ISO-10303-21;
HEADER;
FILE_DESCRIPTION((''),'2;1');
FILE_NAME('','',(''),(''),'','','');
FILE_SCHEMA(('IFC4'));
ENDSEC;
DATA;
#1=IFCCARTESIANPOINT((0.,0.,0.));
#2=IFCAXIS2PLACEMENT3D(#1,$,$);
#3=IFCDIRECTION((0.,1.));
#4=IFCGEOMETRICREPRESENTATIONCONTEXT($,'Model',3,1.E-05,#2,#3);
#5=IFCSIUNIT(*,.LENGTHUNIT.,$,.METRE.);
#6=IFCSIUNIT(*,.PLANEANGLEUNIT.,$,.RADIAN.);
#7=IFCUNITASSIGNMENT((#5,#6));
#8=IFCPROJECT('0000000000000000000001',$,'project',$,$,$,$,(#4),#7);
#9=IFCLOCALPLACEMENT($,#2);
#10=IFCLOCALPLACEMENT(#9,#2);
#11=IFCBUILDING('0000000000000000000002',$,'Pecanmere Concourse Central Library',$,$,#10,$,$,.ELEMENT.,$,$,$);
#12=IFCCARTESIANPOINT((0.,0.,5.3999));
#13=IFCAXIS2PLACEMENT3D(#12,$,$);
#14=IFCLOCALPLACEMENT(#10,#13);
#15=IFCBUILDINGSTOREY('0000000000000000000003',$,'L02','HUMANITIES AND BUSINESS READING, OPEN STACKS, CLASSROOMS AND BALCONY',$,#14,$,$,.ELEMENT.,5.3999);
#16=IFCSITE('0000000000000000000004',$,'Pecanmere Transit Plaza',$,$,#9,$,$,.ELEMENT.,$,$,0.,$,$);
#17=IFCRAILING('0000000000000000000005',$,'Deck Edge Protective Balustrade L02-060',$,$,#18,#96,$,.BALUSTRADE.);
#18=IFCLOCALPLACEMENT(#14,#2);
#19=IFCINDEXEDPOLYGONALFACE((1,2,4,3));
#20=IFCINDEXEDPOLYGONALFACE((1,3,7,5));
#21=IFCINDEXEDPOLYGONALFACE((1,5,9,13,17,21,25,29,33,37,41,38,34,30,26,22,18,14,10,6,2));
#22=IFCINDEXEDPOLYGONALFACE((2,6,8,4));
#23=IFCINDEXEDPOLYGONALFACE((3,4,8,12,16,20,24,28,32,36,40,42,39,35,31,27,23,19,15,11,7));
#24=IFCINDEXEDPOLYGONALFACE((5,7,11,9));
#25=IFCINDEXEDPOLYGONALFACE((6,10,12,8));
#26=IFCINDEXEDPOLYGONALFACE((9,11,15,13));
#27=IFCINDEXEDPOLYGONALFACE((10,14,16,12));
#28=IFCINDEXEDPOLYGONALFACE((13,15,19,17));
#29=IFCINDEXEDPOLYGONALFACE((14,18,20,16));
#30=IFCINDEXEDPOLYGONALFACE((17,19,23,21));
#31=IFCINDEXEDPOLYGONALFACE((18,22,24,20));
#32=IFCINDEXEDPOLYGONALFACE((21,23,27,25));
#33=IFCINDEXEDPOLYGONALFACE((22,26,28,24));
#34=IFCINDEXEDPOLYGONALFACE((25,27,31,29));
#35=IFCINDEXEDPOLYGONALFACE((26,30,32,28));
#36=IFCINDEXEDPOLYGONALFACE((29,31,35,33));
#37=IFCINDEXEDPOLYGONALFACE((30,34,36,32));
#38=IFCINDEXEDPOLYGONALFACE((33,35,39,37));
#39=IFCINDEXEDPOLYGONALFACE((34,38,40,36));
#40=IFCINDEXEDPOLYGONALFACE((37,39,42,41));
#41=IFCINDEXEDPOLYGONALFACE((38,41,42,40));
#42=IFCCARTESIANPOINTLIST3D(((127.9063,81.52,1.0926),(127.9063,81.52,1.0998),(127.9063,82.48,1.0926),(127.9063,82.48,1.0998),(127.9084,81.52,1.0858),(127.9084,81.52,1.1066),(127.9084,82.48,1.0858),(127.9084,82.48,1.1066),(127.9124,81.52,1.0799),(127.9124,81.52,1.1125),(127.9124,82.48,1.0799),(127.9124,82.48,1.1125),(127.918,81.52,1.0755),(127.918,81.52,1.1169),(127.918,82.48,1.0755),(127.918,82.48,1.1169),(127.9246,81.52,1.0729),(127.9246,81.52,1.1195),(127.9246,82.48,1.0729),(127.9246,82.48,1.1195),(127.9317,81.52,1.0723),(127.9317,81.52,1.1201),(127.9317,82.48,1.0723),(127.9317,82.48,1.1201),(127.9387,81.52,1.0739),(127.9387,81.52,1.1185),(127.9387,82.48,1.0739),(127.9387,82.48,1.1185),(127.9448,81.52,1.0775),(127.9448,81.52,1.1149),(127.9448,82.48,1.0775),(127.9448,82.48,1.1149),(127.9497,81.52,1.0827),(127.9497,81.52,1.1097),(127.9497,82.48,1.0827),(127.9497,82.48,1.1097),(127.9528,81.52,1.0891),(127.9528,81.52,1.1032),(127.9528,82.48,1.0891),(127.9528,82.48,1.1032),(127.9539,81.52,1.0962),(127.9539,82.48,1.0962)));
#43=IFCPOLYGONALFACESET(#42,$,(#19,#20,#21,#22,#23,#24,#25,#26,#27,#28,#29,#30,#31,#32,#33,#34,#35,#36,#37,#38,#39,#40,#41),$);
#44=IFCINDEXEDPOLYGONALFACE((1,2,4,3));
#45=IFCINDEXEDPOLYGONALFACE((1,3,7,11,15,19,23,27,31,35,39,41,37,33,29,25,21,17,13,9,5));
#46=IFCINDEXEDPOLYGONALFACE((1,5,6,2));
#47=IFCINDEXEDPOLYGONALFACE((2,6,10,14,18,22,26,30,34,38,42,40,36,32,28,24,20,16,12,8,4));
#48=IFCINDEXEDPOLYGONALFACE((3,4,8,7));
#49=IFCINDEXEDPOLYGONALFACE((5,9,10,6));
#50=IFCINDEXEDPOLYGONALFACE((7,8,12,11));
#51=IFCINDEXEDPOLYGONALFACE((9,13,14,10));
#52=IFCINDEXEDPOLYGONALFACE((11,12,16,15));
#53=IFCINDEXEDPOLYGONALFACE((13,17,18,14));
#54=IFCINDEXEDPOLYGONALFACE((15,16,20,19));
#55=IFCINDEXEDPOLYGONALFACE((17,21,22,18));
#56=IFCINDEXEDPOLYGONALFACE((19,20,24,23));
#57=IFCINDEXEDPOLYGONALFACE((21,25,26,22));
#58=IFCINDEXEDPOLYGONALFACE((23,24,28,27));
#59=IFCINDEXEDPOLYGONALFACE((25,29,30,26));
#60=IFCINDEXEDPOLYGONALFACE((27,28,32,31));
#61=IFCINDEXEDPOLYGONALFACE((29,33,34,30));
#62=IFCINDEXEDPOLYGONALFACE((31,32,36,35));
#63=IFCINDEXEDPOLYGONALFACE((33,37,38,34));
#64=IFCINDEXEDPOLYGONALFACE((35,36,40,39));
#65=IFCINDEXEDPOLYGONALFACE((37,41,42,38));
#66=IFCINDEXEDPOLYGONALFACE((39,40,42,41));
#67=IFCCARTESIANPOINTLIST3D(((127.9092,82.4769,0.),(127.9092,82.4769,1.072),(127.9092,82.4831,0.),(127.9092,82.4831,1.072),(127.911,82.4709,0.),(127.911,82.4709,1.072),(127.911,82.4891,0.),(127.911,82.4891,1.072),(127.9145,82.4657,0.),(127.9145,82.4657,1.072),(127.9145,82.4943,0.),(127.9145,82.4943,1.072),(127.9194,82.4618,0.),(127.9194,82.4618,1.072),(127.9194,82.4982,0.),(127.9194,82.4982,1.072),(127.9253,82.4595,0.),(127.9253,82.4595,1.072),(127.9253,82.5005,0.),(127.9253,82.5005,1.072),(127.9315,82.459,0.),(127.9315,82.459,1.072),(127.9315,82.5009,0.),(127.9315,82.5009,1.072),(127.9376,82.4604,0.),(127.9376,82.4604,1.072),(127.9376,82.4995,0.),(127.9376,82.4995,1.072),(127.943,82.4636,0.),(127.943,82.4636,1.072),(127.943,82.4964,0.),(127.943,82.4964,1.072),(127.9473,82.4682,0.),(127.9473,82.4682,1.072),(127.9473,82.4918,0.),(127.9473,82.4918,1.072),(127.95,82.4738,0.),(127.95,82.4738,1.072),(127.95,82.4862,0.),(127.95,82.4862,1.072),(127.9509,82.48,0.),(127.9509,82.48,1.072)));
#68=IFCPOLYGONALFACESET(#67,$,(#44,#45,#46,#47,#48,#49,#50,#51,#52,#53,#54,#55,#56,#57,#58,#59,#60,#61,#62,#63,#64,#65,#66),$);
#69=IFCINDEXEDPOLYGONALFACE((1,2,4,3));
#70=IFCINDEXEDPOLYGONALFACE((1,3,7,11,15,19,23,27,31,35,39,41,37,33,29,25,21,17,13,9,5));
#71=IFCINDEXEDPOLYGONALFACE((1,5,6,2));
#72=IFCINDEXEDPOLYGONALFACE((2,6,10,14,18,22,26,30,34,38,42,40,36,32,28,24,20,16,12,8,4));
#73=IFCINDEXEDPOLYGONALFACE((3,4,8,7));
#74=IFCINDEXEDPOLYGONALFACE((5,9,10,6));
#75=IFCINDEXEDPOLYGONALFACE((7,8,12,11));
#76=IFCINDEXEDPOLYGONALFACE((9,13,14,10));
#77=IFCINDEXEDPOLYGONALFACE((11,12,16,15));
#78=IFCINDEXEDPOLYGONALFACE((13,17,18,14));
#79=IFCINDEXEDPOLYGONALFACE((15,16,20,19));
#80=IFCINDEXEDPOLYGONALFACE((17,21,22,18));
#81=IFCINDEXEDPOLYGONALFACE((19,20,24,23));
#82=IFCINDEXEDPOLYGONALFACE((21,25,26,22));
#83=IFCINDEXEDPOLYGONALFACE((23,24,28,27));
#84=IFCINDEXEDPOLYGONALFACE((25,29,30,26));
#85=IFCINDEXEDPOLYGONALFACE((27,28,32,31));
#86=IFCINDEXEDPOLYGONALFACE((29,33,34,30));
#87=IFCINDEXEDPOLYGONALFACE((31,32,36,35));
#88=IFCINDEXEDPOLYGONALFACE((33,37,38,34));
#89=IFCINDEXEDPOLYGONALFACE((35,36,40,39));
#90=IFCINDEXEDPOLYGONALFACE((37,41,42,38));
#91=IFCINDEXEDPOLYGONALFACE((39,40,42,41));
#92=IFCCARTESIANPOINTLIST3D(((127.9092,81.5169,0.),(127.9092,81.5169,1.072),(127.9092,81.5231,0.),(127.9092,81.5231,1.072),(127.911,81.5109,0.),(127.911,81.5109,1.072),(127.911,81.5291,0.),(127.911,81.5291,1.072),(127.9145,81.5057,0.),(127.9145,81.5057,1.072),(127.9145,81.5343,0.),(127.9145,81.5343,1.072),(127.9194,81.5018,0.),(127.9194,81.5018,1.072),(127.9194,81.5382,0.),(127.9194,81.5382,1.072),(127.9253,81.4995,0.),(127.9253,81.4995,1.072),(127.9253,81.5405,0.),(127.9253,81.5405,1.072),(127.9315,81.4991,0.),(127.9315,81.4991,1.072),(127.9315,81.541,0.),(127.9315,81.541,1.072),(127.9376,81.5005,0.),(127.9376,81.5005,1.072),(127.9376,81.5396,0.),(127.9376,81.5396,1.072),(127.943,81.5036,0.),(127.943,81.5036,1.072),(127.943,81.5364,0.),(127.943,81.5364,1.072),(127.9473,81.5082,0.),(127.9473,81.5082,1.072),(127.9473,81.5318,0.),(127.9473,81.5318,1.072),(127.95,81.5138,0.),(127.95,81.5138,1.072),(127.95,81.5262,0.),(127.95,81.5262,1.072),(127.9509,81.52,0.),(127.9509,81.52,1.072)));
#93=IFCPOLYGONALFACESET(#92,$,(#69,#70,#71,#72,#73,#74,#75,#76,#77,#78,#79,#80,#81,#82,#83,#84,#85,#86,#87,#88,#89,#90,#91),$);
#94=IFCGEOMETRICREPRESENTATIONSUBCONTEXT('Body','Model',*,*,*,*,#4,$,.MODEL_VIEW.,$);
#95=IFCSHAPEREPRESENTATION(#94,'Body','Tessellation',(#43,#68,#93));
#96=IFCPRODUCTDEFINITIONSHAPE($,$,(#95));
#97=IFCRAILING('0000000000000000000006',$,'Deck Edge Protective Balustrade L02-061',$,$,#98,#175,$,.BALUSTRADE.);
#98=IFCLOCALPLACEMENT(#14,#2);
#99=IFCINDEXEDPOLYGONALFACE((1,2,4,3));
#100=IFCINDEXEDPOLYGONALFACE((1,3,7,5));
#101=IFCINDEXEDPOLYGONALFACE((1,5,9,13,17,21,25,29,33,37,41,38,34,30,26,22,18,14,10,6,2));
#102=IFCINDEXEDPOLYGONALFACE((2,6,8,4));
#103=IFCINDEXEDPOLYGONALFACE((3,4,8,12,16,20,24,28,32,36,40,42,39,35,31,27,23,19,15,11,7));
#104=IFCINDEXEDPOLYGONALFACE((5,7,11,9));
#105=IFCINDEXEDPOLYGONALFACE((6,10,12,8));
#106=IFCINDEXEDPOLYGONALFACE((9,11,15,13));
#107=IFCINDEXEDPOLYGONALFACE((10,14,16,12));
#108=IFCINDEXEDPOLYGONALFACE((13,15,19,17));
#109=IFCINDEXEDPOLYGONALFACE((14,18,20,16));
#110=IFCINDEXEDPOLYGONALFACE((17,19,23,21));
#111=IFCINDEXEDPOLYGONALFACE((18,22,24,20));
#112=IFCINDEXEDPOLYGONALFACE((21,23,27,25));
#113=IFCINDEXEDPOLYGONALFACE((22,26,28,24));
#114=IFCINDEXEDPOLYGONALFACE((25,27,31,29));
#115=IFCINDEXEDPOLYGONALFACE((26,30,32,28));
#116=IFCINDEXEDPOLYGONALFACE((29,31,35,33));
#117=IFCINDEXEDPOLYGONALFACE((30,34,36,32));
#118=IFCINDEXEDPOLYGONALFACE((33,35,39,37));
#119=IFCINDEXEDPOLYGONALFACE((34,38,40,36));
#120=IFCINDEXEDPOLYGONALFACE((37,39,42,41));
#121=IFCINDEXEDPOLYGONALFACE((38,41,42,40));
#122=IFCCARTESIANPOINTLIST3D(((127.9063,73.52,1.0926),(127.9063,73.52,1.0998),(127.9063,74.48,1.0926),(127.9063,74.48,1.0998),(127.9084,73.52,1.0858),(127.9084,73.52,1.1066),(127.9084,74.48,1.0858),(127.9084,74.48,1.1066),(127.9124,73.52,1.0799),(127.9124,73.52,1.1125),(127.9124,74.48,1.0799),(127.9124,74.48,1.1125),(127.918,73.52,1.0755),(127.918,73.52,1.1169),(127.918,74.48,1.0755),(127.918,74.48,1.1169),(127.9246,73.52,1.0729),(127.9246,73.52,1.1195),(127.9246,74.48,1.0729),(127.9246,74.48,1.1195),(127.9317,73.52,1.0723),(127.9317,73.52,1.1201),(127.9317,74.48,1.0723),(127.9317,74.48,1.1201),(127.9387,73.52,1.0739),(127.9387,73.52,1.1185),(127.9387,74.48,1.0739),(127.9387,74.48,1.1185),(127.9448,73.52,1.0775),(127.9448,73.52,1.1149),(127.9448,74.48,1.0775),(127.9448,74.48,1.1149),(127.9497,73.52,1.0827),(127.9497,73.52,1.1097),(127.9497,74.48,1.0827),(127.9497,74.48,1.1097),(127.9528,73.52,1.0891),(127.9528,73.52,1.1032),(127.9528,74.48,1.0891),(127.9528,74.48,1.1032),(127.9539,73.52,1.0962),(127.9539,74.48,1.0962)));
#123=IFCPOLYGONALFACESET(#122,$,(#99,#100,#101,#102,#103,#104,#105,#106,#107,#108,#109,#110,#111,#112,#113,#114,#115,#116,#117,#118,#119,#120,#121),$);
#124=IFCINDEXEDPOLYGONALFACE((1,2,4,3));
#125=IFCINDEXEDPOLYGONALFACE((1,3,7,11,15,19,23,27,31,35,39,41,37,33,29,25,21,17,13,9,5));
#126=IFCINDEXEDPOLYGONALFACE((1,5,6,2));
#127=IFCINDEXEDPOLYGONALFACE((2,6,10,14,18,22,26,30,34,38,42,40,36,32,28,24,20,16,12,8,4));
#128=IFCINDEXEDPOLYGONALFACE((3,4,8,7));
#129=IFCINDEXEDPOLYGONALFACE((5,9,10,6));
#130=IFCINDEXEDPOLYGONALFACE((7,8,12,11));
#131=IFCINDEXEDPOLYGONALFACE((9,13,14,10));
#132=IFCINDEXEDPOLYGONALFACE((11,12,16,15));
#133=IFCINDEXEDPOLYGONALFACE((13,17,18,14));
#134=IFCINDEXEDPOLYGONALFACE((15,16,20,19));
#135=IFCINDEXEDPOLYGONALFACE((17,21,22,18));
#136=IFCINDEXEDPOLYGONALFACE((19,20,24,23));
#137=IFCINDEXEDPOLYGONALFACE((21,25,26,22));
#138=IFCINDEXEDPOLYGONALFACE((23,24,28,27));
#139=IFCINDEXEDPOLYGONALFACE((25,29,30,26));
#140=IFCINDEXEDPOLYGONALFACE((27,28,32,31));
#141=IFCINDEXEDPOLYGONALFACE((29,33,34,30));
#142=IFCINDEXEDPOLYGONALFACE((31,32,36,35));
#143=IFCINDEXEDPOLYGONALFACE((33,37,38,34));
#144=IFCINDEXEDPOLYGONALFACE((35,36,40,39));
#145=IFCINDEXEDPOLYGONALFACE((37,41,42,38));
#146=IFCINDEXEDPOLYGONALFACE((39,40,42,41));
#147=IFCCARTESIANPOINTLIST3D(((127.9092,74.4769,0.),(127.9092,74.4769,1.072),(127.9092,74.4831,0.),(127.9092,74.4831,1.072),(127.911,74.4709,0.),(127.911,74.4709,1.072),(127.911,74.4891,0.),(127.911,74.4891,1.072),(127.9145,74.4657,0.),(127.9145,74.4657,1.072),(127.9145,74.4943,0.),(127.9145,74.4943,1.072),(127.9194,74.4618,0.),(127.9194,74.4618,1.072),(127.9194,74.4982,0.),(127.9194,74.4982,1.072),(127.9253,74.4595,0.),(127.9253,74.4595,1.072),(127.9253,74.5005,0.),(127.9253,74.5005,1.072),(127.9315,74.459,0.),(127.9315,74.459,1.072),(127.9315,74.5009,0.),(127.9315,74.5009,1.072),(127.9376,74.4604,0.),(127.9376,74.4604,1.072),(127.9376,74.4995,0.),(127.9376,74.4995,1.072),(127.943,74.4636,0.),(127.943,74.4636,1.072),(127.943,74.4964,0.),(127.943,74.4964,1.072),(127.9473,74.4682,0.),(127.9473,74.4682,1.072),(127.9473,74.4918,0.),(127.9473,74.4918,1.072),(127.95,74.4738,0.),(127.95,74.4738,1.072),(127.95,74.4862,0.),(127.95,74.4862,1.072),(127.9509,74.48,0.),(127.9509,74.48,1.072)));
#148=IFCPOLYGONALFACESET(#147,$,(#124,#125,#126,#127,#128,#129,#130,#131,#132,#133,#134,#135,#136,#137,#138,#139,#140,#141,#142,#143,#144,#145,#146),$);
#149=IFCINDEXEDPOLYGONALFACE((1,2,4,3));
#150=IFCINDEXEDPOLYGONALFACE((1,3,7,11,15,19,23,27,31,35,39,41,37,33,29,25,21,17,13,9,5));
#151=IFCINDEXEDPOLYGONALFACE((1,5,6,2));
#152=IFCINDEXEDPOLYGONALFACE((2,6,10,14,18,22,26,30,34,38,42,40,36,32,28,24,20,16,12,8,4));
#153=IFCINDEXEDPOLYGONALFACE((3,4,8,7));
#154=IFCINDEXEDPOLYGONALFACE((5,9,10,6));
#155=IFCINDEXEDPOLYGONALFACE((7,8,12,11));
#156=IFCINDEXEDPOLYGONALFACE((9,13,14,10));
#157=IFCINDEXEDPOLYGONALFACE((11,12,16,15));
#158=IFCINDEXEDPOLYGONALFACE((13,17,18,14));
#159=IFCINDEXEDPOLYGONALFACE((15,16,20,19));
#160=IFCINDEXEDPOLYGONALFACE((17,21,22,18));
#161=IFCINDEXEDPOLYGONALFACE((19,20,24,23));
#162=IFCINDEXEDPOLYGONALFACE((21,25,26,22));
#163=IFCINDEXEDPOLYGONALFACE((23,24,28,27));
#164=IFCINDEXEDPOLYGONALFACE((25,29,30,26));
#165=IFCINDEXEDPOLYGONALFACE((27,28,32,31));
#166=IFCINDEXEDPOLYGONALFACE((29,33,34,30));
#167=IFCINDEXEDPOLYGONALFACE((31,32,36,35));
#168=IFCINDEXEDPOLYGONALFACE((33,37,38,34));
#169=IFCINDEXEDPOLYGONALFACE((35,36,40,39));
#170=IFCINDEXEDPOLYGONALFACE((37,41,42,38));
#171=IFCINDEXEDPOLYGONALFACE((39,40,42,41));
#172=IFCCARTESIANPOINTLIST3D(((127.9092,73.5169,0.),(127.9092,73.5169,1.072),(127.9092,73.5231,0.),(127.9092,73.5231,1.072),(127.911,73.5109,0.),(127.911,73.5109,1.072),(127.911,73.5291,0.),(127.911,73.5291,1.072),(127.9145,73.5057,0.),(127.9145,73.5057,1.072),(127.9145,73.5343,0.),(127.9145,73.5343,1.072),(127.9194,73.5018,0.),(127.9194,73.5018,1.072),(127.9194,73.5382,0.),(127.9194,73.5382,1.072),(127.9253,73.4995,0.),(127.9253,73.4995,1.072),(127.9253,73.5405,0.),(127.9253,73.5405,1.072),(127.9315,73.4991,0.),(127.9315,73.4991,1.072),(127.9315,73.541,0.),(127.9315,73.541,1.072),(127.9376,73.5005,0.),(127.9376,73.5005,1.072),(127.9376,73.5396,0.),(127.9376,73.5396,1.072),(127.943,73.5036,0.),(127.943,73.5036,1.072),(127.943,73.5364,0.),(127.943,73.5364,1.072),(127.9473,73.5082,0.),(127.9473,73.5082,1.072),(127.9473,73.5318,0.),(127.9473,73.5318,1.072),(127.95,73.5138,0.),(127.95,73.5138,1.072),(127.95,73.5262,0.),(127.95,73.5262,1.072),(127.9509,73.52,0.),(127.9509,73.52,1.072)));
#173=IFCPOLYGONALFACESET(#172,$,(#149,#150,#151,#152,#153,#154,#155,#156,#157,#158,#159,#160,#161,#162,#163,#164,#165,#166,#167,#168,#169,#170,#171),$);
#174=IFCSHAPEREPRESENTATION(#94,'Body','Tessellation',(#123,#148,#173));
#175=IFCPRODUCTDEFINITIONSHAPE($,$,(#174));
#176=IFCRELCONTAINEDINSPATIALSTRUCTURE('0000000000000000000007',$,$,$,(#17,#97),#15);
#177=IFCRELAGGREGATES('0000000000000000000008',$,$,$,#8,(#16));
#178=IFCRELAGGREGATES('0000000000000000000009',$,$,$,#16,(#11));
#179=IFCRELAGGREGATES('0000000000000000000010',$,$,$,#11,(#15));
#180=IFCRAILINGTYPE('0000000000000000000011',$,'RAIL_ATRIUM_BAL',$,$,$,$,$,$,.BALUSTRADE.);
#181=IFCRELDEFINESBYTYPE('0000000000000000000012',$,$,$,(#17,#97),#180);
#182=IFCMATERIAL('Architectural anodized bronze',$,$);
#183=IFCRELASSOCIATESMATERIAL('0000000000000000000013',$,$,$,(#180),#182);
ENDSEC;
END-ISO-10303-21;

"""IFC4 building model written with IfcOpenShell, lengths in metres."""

from ifc_helpers import new_model, si_unit, direction, frame, origin, origin_2d, place, context, subcontext, project, spatial, circle, extrude, material, type_object, element, save


model = new_model("IFC4")

# Units and contexts
model_context = context("Model", 3, precision=1e-05, world=origin(), true_north=direction((0.0, 1.0)))
body_context = subcontext(model_context, "Body", "Model", "MODEL_VIEW")
ifc_project = project(units=[si_unit("LENGTHUNIT", "METRE"), si_unit("PLANEANGLEUNIT", "RADIAN")], contexts=[model_context])

# Site, building, storey
site_placement = place(None, origin())
site = spatial("IfcSite", under=ifc_project, at=site_placement, Name="Pecanmere Transit Plaza", CompositionType="ELEMENT", RefElevation=0.0)
building_placement = place(site_placement, origin())
building = spatial("IfcBuilding", under=site, at=building_placement, Name="Pecanmere Concourse Central Library", CompositionType="ELEMENT")
storey_placement = place(building_placement, frame((0.0, 0.0, 5.3999)))
storey = spatial("IfcBuildingStorey", under=building, at=storey_placement, Name="L02", Description="HUMANITIES AND BUSINESS READING, OPEN STACKS, CLASSROOMS AND BALCONY", CompositionType="ELEMENT", Elevation=5.3999)

# Railings
ifc_material_1 = material(Name="Architectural anodized bronze")
railing_type = type_object("IfcRailingType", Name="RAIL_ATRIUM_BAL", PredefinedType="BALUSTRADE", material=ifc_material_1)
for number, where, name in (
    (1, (127.9299, 82.48, 0.0), "Deck Edge Protective Balustrade L02-060"),
    (2, (127.9299, 74.48, 0.0), "Deck Edge Protective Balustrade L02-061"),
):
    element("IfcRailing", number, at=place(storey_placement, frame(where)), inside=storey, type_object=railing_type, Name=name, PredefinedType="BALUSTRADE", context=body_context, shape_type="SweptSolid", body=[
        extrude(circle(Radius=0.0239, at=origin_2d()), frame((0.0, 0.0, 1.0962), z_axis=(0.0, -1.0, 0.0), x_axis=(1.0, 0.0, 0.0)), (0.0, 0.0, 1.0), 0.96),
        extrude(circle(Radius=0.021, at=origin_2d()), origin(), (0.0, 0.0, 1.0), 1.072),
        extrude(circle(Radius=0.021, at=origin_2d()), frame((0.0, -0.96, 0.0)), (0.0, 0.0, 1.0), 1.072),
    ])

save(model, "model.ifc")
